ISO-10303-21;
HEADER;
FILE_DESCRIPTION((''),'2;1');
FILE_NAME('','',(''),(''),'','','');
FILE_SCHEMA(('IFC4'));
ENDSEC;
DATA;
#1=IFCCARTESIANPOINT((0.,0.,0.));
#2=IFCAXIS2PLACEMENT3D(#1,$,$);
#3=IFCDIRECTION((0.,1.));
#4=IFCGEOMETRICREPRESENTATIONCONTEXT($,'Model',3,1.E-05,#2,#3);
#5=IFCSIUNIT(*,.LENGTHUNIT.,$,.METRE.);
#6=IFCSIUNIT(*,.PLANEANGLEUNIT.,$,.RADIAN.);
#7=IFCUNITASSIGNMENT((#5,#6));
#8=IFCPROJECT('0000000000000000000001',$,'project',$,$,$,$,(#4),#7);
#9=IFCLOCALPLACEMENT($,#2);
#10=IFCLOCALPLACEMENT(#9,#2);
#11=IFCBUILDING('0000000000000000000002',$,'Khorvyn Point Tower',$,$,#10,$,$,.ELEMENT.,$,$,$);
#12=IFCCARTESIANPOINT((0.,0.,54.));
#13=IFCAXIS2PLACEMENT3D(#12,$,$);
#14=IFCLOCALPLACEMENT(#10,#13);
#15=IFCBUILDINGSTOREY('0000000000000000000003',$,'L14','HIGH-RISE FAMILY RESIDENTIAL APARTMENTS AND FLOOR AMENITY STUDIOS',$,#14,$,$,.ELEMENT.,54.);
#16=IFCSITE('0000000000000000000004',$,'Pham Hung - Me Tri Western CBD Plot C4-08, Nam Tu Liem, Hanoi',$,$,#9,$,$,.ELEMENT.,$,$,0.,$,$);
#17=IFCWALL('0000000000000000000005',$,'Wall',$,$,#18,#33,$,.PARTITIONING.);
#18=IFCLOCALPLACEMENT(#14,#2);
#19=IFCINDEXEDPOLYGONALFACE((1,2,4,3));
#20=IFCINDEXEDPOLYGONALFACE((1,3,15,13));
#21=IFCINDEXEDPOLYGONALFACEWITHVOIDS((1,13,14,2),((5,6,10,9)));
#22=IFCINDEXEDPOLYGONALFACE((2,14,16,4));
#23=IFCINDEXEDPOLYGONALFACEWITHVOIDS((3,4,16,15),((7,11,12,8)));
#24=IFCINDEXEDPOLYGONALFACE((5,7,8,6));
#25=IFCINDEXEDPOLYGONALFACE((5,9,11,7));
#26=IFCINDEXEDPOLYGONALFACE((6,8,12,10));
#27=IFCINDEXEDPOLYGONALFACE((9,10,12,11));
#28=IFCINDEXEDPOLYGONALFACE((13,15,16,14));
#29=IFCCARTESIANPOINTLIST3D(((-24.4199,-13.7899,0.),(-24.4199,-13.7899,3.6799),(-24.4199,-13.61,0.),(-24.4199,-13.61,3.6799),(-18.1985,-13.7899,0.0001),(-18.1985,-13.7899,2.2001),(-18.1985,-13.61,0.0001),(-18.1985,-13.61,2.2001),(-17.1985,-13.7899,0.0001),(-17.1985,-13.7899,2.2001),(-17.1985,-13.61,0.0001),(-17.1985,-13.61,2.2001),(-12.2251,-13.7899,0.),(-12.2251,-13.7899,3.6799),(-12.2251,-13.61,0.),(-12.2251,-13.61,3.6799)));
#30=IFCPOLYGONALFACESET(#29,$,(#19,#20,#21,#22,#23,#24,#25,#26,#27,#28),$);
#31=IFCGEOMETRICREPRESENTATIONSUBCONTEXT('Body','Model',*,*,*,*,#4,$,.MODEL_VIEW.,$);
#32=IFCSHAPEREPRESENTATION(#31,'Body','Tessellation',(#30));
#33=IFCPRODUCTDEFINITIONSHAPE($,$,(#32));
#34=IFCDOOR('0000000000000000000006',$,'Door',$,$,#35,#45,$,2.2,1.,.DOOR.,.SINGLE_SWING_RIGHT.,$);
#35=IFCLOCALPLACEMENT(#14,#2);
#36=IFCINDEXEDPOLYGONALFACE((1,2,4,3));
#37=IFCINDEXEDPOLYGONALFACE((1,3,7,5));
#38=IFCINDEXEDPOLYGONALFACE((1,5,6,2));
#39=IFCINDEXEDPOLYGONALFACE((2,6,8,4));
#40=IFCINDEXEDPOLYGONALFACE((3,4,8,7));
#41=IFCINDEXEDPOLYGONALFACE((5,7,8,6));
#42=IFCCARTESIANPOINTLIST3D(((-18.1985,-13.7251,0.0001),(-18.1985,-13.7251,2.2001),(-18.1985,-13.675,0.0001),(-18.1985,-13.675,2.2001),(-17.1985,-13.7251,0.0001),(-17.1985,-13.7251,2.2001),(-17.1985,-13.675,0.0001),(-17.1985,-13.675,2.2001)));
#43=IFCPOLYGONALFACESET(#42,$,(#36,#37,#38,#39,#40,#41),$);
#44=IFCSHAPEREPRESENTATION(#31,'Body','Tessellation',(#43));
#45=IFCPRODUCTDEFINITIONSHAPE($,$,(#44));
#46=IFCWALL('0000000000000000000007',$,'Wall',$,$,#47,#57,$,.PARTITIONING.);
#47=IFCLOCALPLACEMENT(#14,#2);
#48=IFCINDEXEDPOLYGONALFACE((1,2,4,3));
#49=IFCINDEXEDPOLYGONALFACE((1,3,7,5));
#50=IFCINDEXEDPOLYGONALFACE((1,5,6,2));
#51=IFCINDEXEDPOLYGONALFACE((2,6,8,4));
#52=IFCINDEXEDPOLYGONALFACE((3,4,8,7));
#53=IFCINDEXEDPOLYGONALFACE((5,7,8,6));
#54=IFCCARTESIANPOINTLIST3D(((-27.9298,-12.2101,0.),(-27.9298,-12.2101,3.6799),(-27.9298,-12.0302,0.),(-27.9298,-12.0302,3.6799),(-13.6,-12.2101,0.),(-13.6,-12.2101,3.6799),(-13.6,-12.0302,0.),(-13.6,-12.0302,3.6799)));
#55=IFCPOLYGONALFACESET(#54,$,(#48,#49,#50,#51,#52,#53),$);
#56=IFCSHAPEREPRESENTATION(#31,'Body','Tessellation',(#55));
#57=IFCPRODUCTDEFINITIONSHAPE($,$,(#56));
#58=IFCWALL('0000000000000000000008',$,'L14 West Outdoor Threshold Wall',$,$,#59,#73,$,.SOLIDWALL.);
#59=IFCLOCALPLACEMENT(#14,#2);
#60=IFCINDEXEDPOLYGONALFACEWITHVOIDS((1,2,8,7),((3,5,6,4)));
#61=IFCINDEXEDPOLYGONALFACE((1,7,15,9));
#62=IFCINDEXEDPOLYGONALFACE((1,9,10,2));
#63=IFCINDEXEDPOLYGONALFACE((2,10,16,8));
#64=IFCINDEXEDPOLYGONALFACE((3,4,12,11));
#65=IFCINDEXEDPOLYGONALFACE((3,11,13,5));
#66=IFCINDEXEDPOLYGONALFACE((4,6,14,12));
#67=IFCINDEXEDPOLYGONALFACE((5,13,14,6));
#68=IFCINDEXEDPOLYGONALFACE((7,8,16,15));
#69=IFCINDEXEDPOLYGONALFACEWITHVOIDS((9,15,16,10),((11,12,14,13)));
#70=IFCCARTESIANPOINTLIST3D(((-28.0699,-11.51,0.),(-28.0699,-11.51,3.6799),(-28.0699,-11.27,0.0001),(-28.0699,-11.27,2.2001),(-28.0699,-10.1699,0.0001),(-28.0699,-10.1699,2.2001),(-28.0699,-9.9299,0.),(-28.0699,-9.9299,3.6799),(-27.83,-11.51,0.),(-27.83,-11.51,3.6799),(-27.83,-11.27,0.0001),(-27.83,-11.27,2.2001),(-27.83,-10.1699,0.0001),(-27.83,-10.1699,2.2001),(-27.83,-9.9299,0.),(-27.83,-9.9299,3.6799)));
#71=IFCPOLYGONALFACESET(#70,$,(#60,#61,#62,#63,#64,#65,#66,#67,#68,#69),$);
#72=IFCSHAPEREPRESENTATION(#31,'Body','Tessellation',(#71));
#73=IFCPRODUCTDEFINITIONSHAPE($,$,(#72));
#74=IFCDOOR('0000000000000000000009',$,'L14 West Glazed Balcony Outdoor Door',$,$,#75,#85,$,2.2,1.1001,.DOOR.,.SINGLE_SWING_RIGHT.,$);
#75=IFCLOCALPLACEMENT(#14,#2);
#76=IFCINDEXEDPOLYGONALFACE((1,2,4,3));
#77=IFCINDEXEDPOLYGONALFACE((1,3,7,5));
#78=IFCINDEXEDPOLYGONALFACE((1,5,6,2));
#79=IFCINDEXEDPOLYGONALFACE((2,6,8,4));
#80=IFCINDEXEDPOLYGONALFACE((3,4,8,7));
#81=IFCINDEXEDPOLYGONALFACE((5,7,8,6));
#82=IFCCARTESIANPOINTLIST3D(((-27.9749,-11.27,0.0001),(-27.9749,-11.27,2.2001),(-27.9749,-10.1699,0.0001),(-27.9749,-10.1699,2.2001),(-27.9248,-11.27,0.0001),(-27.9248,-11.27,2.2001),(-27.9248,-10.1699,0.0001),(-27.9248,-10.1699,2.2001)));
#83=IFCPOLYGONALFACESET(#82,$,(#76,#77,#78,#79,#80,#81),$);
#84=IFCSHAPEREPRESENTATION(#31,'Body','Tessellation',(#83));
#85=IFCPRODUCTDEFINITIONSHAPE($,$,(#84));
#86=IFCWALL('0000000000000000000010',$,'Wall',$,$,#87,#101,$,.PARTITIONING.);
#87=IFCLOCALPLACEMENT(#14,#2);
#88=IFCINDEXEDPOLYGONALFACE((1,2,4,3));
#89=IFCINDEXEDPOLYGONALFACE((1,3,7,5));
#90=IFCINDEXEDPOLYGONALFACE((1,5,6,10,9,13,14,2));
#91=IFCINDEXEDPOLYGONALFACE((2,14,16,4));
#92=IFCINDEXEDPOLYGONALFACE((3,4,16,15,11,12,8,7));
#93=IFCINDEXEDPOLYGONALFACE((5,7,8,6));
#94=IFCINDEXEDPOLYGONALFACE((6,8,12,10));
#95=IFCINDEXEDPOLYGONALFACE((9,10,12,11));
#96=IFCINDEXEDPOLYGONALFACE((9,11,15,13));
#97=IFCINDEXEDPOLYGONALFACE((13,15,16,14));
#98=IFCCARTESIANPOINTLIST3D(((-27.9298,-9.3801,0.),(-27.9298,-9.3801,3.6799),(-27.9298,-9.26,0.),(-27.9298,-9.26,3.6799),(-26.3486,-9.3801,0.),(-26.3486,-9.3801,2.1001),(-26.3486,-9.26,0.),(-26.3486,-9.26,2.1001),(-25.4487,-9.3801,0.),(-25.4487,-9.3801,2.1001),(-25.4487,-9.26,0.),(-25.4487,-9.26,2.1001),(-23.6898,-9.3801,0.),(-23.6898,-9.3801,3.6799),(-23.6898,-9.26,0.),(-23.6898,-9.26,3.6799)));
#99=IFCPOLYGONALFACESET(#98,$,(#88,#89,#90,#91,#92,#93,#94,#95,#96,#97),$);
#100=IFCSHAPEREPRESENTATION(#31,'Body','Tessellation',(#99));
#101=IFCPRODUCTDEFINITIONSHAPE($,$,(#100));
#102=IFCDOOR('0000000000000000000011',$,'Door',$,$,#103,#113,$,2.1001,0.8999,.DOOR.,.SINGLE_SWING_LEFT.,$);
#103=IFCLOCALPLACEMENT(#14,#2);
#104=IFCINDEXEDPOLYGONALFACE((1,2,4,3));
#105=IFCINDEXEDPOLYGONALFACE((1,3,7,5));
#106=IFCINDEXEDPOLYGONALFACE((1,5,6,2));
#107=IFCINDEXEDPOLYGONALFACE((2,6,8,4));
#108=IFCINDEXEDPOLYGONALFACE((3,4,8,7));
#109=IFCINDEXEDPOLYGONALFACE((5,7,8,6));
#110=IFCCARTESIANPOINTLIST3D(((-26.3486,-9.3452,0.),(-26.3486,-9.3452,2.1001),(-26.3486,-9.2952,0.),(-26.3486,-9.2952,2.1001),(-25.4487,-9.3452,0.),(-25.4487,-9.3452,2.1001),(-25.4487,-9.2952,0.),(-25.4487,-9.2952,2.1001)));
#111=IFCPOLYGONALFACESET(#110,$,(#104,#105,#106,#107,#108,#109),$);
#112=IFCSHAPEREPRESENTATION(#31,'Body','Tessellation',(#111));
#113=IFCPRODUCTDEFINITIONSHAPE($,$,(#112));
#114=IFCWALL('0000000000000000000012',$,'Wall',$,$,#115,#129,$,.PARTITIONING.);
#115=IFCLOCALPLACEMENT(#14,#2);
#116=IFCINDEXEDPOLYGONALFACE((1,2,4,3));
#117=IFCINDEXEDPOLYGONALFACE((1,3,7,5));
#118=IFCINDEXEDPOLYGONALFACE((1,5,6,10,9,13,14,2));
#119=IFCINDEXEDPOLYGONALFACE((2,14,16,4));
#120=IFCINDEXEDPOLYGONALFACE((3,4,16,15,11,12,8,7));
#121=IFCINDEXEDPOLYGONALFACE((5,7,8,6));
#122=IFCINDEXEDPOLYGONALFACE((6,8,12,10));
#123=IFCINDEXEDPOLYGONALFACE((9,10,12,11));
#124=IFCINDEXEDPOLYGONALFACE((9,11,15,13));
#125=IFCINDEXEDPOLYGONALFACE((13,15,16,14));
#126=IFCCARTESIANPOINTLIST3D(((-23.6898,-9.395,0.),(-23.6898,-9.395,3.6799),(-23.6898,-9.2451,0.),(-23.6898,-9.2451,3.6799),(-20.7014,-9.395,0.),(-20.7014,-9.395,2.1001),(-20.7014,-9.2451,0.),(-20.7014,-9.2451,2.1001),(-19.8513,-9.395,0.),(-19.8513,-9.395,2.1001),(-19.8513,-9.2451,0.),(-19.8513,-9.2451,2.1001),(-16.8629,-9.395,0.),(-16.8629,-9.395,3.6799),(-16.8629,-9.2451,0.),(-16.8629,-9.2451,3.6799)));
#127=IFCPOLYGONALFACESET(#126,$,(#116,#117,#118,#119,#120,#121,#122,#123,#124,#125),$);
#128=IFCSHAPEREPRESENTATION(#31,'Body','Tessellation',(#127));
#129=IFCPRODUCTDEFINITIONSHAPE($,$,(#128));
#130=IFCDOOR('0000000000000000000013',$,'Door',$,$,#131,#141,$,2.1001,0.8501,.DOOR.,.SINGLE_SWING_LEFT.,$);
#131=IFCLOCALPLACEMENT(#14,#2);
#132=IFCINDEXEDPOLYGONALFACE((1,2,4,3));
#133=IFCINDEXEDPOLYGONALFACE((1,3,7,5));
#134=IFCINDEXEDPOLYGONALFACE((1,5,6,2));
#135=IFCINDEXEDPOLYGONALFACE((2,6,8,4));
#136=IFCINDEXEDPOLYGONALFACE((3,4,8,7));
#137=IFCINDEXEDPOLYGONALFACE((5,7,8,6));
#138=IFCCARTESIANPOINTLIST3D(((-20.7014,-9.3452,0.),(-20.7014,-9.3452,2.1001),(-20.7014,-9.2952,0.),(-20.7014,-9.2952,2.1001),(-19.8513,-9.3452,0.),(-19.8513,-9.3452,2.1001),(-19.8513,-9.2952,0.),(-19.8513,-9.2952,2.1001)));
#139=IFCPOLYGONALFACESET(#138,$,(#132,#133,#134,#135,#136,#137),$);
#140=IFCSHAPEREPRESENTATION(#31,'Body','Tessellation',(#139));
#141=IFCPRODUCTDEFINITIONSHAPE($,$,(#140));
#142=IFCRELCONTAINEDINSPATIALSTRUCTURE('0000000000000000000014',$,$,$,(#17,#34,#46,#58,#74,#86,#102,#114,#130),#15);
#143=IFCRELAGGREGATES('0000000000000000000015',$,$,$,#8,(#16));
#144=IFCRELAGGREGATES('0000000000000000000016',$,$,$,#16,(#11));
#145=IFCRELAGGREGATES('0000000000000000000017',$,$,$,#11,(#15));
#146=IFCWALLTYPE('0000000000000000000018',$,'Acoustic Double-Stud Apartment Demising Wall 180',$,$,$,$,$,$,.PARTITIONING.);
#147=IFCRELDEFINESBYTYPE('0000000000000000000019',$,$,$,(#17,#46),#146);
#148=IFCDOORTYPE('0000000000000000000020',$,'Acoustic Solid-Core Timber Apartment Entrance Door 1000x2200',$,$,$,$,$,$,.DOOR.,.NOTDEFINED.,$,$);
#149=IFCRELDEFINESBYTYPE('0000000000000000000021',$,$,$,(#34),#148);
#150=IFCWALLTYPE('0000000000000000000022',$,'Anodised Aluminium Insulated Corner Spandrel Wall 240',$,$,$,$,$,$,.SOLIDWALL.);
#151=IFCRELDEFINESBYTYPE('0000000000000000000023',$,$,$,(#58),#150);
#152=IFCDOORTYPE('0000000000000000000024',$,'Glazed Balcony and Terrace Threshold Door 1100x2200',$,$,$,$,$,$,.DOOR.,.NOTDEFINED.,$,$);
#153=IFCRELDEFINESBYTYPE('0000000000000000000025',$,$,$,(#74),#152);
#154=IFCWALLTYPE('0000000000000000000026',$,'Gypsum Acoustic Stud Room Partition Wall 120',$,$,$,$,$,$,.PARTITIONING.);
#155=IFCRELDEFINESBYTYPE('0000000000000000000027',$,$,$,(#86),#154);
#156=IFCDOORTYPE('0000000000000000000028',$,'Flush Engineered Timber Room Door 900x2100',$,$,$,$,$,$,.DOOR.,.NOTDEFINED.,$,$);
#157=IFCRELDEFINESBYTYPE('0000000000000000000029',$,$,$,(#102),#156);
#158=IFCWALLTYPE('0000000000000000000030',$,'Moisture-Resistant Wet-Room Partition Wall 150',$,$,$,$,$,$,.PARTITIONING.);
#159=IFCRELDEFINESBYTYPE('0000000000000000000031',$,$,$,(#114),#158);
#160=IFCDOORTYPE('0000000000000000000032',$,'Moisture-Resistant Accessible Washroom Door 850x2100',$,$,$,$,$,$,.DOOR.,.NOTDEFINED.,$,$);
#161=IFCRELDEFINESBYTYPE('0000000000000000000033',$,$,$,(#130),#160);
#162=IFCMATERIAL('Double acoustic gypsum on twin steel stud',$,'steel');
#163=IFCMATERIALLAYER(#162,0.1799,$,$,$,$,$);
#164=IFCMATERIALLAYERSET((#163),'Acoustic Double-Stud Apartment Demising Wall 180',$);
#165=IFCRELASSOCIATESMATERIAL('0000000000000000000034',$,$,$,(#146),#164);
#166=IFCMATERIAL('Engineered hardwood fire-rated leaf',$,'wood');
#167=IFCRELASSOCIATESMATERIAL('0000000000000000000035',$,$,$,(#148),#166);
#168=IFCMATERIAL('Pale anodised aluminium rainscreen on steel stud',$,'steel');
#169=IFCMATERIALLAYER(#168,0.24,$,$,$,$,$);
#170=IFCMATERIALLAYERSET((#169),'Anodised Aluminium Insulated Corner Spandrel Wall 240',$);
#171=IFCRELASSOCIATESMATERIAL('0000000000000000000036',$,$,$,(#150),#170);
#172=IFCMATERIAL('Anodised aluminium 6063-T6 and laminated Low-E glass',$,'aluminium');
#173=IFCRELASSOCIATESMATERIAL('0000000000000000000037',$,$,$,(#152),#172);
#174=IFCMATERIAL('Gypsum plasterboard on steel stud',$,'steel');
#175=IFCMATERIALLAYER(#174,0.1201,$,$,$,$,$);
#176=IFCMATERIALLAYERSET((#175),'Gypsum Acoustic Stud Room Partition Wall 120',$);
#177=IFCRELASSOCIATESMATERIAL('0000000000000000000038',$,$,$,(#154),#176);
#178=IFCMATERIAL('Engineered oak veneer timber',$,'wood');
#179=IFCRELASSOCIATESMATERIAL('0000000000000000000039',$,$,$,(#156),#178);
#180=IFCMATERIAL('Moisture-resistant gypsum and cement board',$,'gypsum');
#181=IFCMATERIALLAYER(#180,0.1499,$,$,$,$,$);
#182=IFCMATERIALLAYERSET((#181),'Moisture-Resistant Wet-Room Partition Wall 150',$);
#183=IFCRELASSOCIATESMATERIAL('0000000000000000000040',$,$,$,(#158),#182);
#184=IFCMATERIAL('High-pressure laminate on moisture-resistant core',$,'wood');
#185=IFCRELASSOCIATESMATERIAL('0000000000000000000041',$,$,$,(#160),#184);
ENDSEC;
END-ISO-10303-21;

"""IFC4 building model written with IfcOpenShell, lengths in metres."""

from ifc_helpers import new_model, si_unit, direction, frame, frame_2d, origin, place, context, subcontext, project, spatial, rectangle, extrude, material, layer, layer_set, type_object, element, fill, save


model = new_model("IFC4")

# Units and contexts
model_context = context("Model", 3, precision=1e-05, world=origin(), true_north=direction((0.0, 1.0)))
body_context = subcontext(model_context, "Body", "Model", "MODEL_VIEW")
ifc_project = project(units=[si_unit("LENGTHUNIT", "METRE"), si_unit("PLANEANGLEUNIT", "RADIAN")], contexts=[model_context])

# Site, building, storey
site_placement = place(None, origin())
site = spatial("IfcSite", under=ifc_project, at=site_placement, Name="Pham Hung - Me Tri Western CBD Plot C4-08, Nam Tu Liem, Hanoi", CompositionType="ELEMENT", RefElevation=0.0)
building_placement = place(site_placement, origin())
building = spatial("IfcBuilding", under=site, at=building_placement, Name="Khorvyn Point Tower", CompositionType="ELEMENT")
storey_placement = place(building_placement, frame((0.0, 0.0, 54.0)))
storey = spatial("IfcBuildingStorey", under=building, at=storey_placement, Name="L14", Description="HIGH-RISE FAMILY RESIDENTIAL APARTMENTS AND FLOOR AMENITY STUDIOS", CompositionType="ELEMENT", Elevation=54.0)

# Shared definitions
ifc_material_1 = material(Name="Anodised aluminium 6063-T6 and laminated Low-E glass", Category="aluminium")

# Wall, opening, door
ifc_material_2 = material(Name="Double acoustic gypsum on twin steel stud", Category="steel")
ifc_layer_1 = layer(ifc_material_2, 0.1799)
ifc_layer_set_1 = layer_set([ifc_layer_1], Name="Acoustic Double-Stud Apartment Demising Wall 180")
wall_type_1 = type_object("IfcWallType", Name="Acoustic Double-Stud Apartment Demising Wall 180", PredefinedType="PARTITIONING", material=ifc_layer_set_1)
wall_1_placement = place(storey_placement, frame((-24.4199, -13.7, 0.0), z_axis=(0.0, 0.0, 1.0), x_axis=(1.0, 0.0, 0.0)))
wall_1 = element("IfcWall", 1, at=wall_1_placement, inside=storey, type_object=wall_type_1, Name="Wall", PredefinedType="PARTITIONING", context=body_context, shape_type="SweptSolid", body=[
    extrude(rectangle(XDim=12.1948, YDim=0.1799, at=frame_2d((6.0974, 0.0))), origin(), (0.0, 0.0, 1.0), 3.6799),
])
opening_1_placement = place(wall_1_placement, frame((6.2214, 0.0, 0.0)))
opening_1 = element("IfcOpeningElement", 2, at=opening_1_placement, cuts=wall_1, PredefinedType="OPENING", context=body_context, shape_type="SweptSolid", body=[
    extrude(rectangle(XDim=1.0, YDim=2.2, at=frame_2d((0.5, 1.1001))), frame((0.0, 0.0999, 0.0), z_axis=(0.0, -1.0, 0.0), x_axis=(1.0, 0.0, 0.0)), (0.0, 0.0, 1.0), 0.2),
])
ifc_material_3 = material(Name="Engineered hardwood fire-rated leaf", Category="wood")
door_type_1 = type_object("IfcDoorType", Name="Acoustic Solid-Core Timber Apartment Entrance Door 1000x2200", OperationType="NOTDEFINED", PredefinedType="DOOR", material=ifc_material_3)
door_1_placement = place(opening_1_placement, origin())
door_1 = element("IfcDoor", 3, at=door_1_placement, inside=storey, type_object=door_type_1, Name="Door", OperationType="SINGLE_SWING_RIGHT", OverallHeight=2.2, OverallWidth=1.0, PredefinedType="DOOR", context=body_context, shape_type="SweptSolid", body=[
    extrude(rectangle(XDim=1.0, YDim=2.2, at=frame_2d((0.5, 1.1001))), frame((0.0, 0.0249, 0.0), z_axis=(0.0, -1.0, 0.0), x_axis=(1.0, 0.0, 0.0)), (0.0, 0.0, 1.0), 0.05),
])
fill(opening_1, door_1)

# Wall
wall_2_placement = place(storey_placement, frame((-27.9299, -12.1201, 0.0), z_axis=(0.0, 0.0, 1.0), x_axis=(1.0, 0.0, 0.0)))
element("IfcWall", 4, at=wall_2_placement, inside=storey, type_object=wall_type_1, Name="Wall", PredefinedType="PARTITIONING", context=body_context, shape_type="SweptSolid", body=[
    extrude(rectangle(XDim=14.3298, YDim=0.1799, at=frame_2d((7.165, 0.0))), origin(), (0.0, 0.0, 1.0), 3.6799),
])

# Walls, openings, doors
ifc_material_4 = material(Name="Pale anodised aluminium rainscreen on steel stud", Category="steel")
ifc_layer_2 = layer(ifc_material_4, 0.24)
ifc_layer_set_2 = layer_set([ifc_layer_2], Name="Anodised Aluminium Insulated Corner Spandrel Wall 240")
wall_type_2 = type_object("IfcWallType", Name="Anodised Aluminium Insulated Corner Spandrel Wall 240", PredefinedType="SOLIDWALL", material=ifc_layer_set_2)
wall_3_placement = place(storey_placement, frame((-27.95, -11.51, 0.0), z_axis=(0.0, 0.0, 1.0), x_axis=(0.0, 1.0, 0.0)))
wall_3 = element("IfcWall", 5, at=wall_3_placement, inside=storey, type_object=wall_type_2, Name="L14 West Outdoor Threshold Wall", PredefinedType="SOLIDWALL", context=body_context, shape_type="SweptSolid", body=[
    extrude(rectangle(XDim=1.5801, YDim=0.24, at=frame_2d((0.79, 0.0))), origin(), (0.0, 0.0, 1.0), 3.6799),
])
opening_2_placement = place(wall_3_placement, frame((0.24, 0.0, 0.0)))
opening_2 = element("IfcOpeningElement", 6, at=opening_2_placement, cuts=wall_3, PredefinedType="OPENING", context=body_context, shape_type="SweptSolid", body=[
    extrude(rectangle(XDim=1.1001, YDim=2.2, at=frame_2d((0.55, 1.1001))), frame((0.0, 0.1299, 0.0), z_axis=(0.0, -1.0, 0.0), x_axis=(1.0, 0.0, 0.0)), (0.0, 0.0, 1.0), 0.26),
])
door_type_2 = type_object("IfcDoorType", Name="Glazed Balcony and Terrace Threshold Door 1100x2200", OperationType="NOTDEFINED", PredefinedType="DOOR", material=ifc_material_1)
door_2_placement = place(opening_2_placement, origin())
door_2 = element("IfcDoor", 7, at=door_2_placement, inside=storey, type_object=door_type_2, Name="L14 West Glazed Balcony Outdoor Door", OperationType="SINGLE_SWING_RIGHT", OverallHeight=2.2, OverallWidth=1.1001, PredefinedType="DOOR", context=body_context, shape_type="SweptSolid", body=[
    extrude(rectangle(XDim=1.1001, YDim=2.2, at=frame_2d((0.55, 1.1001))), frame((0.0, 0.0249, 0.0), z_axis=(0.0, -1.0, 0.0), x_axis=(1.0, 0.0, 0.0)), (0.0, 0.0, 1.0), 0.05),
])
fill(opening_2, door_2)
ifc_material_5 = material(Name="Gypsum plasterboard on steel stud", Category="steel")
ifc_layer_3 = layer(ifc_material_5, 0.1201)
ifc_layer_set_3 = layer_set([ifc_layer_3], Name="Gypsum Acoustic Stud Room Partition Wall 120")
wall_type_3 = type_object("IfcWallType", Name="Gypsum Acoustic Stud Room Partition Wall 120", PredefinedType="PARTITIONING", material=ifc_layer_set_3)
wall_4_placement = place(storey_placement, frame((-27.9299, -9.3201, 0.0), z_axis=(0.0, 0.0, 1.0), x_axis=(1.0, 0.0, 0.0)))
wall_4 = element("IfcWall", 8, at=wall_4_placement, inside=storey, type_object=wall_type_3, Name="Wall", PredefinedType="PARTITIONING", context=body_context, shape_type="SweptSolid", body=[
    extrude(rectangle(XDim=4.24, YDim=0.1201, at=frame_2d((2.1201, 0.0))), origin(), (0.0, 0.0, 1.0), 3.6799),
])
opening_3_placement = place(wall_4_placement, frame((1.5813, 0.0, 0.0)))
opening_3 = element("IfcOpeningElement", 9, at=opening_3_placement, cuts=wall_4, PredefinedType="OPENING", context=body_context, shape_type="SweptSolid", body=[
    extrude(rectangle(XDim=0.8999, YDim=2.1001, at=frame_2d((0.45, 1.05))), frame((0.0, 0.0701, 0.0), z_axis=(0.0, -1.0, 0.0), x_axis=(1.0, 0.0, 0.0)), (0.0, 0.0, 1.0), 0.1401),
])
ifc_material_6 = material(Name="Engineered oak veneer timber", Category="wood")
door_type_3 = type_object("IfcDoorType", Name="Flush Engineered Timber Room Door 900x2100", OperationType="NOTDEFINED", PredefinedType="DOOR", material=ifc_material_6)
door_3_placement = place(opening_3_placement, origin())
door_3 = element("IfcDoor", 10, at=door_3_placement, inside=storey, type_object=door_type_3, Name="Door", OperationType="SINGLE_SWING_LEFT", OverallHeight=2.1001, OverallWidth=0.8999, PredefinedType="DOOR", context=body_context, shape_type="SweptSolid", body=[
    extrude(rectangle(XDim=0.8999, YDim=2.1001, at=frame_2d((0.45, 1.05))), frame((0.0, 0.0249, 0.0), z_axis=(0.0, -1.0, 0.0), x_axis=(1.0, 0.0, 0.0)), (0.0, 0.0, 1.0), 0.05),
])
fill(opening_3, door_3)
ifc_material_7 = material(Name="Moisture-resistant gypsum and cement board", Category="gypsum")
ifc_layer_4 = layer(ifc_material_7, 0.1499)
ifc_layer_set_4 = layer_set([ifc_layer_4], Name="Moisture-Resistant Wet-Room Partition Wall 150")
wall_type_4 = type_object("IfcWallType", Name="Moisture-Resistant Wet-Room Partition Wall 150", PredefinedType="PARTITIONING", material=ifc_layer_set_4)
wall_5_placement = place(storey_placement, frame((-23.6899, -9.3201, 0.0), z_axis=(0.0, 0.0, 1.0), x_axis=(1.0, 0.0, 0.0)))
wall_5 = element("IfcWall", 11, at=wall_5_placement, inside=storey, type_object=wall_type_4, Name="Wall", PredefinedType="PARTITIONING", context=body_context, shape_type="SweptSolid", body=[
    extrude(rectangle(XDim=6.8269, YDim=0.1499, at=frame_2d((3.4136, 0.0))), origin(), (0.0, 0.0, 1.0), 3.6799),
])
opening_4_placement = place(wall_5_placement, frame((2.9885, 0.0, 0.0)))
opening_4 = element("IfcOpeningElement", 12, at=opening_4_placement, cuts=wall_5, PredefinedType="OPENING", context=body_context, shape_type="SweptSolid", body=[
    extrude(rectangle(XDim=0.8501, YDim=2.1001, at=frame_2d((0.425, 1.05))), frame((0.0, 0.085, 0.0), z_axis=(0.0, -1.0, 0.0), x_axis=(1.0, 0.0, 0.0)), (0.0, 0.0, 1.0), 0.1699),
])
ifc_material_8 = material(Name="High-pressure laminate on moisture-resistant core", Category="wood")
door_type_4 = type_object("IfcDoorType", Name="Moisture-Resistant Accessible Washroom Door 850x2100", OperationType="NOTDEFINED", PredefinedType="DOOR", material=ifc_material_8)
door_4_placement = place(opening_4_placement, origin())
door_4 = element("IfcDoor", 13, at=door_4_placement, inside=storey, type_object=door_type_4, Name="Door", OperationType="SINGLE_SWING_LEFT", OverallHeight=2.1001, OverallWidth=0.8501, PredefinedType="DOOR", context=body_context, shape_type="SweptSolid", body=[
    extrude(rectangle(XDim=0.8501, YDim=2.1001, at=frame_2d((0.425, 1.05))), frame((0.0, 0.0249, 0.0), z_axis=(0.0, -1.0, 0.0), x_axis=(1.0, 0.0, 0.0)), (0.0, 0.0, 1.0), 0.05),
])
fill(opening_4, door_4)

save(model, "model.ifc")
